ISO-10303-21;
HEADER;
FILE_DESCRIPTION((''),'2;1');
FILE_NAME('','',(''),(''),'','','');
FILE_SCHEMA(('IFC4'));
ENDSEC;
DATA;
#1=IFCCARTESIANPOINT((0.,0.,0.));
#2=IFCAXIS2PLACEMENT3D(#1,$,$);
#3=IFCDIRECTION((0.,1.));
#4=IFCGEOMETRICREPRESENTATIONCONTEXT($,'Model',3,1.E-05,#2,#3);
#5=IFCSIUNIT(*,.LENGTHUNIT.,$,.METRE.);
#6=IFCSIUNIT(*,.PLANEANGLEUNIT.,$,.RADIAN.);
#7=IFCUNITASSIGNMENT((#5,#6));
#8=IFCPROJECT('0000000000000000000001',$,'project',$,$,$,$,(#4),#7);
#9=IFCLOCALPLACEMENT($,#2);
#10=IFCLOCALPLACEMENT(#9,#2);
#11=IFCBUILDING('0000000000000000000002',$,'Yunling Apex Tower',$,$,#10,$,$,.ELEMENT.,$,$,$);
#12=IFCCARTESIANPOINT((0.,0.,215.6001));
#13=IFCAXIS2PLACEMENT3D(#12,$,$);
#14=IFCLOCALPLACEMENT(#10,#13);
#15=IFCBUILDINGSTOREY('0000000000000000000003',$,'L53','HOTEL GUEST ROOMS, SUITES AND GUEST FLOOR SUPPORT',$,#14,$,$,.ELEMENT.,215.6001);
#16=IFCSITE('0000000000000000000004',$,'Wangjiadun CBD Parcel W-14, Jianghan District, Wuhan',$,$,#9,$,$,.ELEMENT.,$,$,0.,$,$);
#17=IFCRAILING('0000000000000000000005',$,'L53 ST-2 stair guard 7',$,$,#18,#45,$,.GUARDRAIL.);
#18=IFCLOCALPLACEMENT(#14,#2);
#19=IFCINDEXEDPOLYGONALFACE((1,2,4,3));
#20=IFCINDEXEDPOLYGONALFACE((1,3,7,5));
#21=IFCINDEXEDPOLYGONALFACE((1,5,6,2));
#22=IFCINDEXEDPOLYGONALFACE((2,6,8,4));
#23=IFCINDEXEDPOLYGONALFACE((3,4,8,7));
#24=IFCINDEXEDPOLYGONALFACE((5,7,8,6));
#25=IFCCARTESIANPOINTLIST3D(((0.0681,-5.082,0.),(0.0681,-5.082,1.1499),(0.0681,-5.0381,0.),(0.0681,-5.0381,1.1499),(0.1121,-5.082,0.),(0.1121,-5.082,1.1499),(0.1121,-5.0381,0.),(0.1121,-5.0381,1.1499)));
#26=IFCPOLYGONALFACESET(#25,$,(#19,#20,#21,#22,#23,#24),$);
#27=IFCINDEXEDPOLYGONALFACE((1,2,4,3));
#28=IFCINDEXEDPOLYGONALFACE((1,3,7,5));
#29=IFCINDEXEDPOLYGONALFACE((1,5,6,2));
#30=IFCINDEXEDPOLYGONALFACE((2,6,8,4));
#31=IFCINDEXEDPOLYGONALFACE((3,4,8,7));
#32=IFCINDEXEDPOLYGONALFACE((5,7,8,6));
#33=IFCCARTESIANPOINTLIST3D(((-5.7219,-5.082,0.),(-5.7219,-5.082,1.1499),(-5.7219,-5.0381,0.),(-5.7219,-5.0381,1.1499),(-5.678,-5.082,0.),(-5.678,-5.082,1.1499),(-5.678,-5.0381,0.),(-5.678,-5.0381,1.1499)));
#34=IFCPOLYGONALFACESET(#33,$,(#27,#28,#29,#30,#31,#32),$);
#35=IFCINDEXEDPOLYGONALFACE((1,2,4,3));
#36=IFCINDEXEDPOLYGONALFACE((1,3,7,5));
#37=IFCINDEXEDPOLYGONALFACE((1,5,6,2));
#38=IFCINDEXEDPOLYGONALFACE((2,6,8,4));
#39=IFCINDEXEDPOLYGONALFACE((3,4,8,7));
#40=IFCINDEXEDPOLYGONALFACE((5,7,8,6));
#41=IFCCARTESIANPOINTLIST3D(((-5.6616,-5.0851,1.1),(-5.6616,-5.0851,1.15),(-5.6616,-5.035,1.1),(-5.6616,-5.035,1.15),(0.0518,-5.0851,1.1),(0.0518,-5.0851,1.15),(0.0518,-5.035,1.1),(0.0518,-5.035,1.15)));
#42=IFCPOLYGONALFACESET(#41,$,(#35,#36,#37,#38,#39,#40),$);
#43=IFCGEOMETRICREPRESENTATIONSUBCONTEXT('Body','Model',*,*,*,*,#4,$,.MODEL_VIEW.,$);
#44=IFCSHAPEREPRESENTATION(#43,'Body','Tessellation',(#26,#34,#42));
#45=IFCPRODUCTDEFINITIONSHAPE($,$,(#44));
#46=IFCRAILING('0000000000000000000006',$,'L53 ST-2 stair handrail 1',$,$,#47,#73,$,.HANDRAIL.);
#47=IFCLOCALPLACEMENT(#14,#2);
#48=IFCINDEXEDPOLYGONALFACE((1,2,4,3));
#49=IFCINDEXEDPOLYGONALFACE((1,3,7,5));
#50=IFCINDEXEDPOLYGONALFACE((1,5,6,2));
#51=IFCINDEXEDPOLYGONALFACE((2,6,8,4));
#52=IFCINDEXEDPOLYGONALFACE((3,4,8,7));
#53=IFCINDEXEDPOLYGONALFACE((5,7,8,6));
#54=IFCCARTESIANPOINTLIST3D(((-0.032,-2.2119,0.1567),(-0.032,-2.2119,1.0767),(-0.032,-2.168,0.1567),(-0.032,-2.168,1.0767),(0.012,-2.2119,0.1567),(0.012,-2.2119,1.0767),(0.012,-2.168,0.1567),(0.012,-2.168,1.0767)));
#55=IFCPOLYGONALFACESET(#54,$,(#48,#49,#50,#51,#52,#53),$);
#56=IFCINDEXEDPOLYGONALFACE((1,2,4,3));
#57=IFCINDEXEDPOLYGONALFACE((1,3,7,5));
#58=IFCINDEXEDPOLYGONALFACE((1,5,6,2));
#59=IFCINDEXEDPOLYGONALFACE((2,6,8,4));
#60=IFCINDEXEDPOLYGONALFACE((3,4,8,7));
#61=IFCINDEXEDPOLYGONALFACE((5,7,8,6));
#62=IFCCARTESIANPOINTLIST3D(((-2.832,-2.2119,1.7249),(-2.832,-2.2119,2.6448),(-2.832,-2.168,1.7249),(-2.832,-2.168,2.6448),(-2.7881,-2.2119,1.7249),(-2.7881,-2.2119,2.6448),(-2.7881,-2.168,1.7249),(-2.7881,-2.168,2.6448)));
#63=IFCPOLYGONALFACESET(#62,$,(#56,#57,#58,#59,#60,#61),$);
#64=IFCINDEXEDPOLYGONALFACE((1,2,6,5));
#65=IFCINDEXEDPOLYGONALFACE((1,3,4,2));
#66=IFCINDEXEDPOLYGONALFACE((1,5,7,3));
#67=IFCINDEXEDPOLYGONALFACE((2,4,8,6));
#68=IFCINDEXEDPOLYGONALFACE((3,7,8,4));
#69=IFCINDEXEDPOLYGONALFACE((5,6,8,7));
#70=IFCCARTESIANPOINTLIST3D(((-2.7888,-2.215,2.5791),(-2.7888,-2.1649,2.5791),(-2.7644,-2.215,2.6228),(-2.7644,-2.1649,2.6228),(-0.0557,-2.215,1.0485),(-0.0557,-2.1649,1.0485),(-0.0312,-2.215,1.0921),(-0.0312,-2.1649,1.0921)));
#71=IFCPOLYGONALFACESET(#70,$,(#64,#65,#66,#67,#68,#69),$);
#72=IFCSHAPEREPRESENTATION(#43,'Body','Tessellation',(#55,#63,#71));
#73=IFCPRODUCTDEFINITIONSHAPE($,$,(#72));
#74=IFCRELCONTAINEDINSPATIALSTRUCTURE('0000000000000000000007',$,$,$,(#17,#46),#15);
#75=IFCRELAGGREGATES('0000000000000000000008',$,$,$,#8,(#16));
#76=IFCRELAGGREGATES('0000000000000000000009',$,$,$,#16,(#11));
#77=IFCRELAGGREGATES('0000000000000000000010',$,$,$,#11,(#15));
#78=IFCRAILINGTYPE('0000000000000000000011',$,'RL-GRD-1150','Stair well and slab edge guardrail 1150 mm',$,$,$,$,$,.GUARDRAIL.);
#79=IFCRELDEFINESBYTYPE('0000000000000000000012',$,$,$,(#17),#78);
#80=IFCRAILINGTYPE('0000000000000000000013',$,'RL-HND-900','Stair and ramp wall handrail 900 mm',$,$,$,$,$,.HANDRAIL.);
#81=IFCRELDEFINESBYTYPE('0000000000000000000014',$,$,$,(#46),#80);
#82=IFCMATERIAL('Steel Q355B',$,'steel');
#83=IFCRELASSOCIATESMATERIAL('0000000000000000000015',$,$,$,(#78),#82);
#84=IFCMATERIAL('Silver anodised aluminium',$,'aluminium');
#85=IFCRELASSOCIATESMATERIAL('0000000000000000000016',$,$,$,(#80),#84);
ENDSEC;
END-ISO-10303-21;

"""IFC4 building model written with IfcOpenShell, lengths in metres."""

from ifc_helpers import new_model, si_unit, direction, frame, origin, origin_2d, place, context, subcontext, project, spatial, rectangle, extrude, material, type_object, element, save


model = new_model("IFC4")

# Units and contexts
model_context = context("Model", 3, precision=1e-05, world=origin(), true_north=direction((0.0, 1.0)))
body_context = subcontext(model_context, "Body", "Model", "MODEL_VIEW")
ifc_project = project(units=[si_unit("LENGTHUNIT", "METRE"), si_unit("PLANEANGLEUNIT", "RADIAN")], contexts=[model_context])

# Site, building, storey
site_placement = place(None, origin())
site = spatial("IfcSite", under=ifc_project, at=site_placement, Name="Wangjiadun CBD Parcel W-14, Jianghan District, Wuhan", CompositionType="ELEMENT", RefElevation=0.0)
building_placement = place(site_placement, origin())
building = spatial("IfcBuilding", under=site, at=building_placement, Name="Yunling Apex Tower", CompositionType="ELEMENT")
storey_placement = place(building_placement, frame((0.0, 0.0, 215.6001)))
storey = spatial("IfcBuildingStorey", under=building, at=storey_placement, Name="L53", Description="HOTEL GUEST ROOMS, SUITES AND GUEST FLOOR SUPPORT", CompositionType="ELEMENT", Elevation=215.6001)

# Shared definitions
ifc_material_1 = material(Name="Steel Q355B", Category="steel")

# Railings
railing_type_1 = type_object("IfcRailingType", Name="RL-GRD-1150", Description="Stair well and slab edge guardrail 1150 mm", PredefinedType="GUARDRAIL", material=ifc_material_1)
railing_1_placement = place(storey_placement, frame((0.0901, -5.0601, 0.0)))
element("IfcRailing", 1, at=railing_1_placement, inside=storey, type_object=railing_type_1, Name="L53 ST-2 stair guard 7", PredefinedType="GUARDRAIL", context=body_context, shape_type="SweptSolid", body=[
    extrude(rectangle(XDim=0.0439, YDim=0.0439, at=origin_2d()), origin(), (0.0, 0.0, 1.0), 1.1499),
    extrude(rectangle(XDim=0.0439, YDim=0.0439, at=origin_2d()), frame((-5.79, 0.0, 0.0)), (0.0, 0.0, 1.0), 1.1499),
    extrude(rectangle(XDim=0.05, YDim=0.05, at=origin_2d()), frame((-0.0383, 0.0, 1.125), z_axis=(-1.0, 0.0, 0.0), x_axis=(0.0, -1.0, 0.0)), (0.0, 0.0, 1.0), 5.7134),
])
ifc_material_2 = material(Name="Silver anodised aluminium", Category="aluminium")
railing_type_2 = type_object("IfcRailingType", Name="RL-HND-900", Description="Stair and ramp wall handrail 900 mm", PredefinedType="HANDRAIL", material=ifc_material_2)
railing_2_placement = place(storey_placement, frame((-0.01, -2.1899, 0.1567)))
element("IfcRailing", 2, at=railing_2_placement, inside=storey, type_object=railing_type_2, Name="L53 ST-2 stair handrail 1", PredefinedType="HANDRAIL", context=body_context, shape_type="SweptSolid", body=[
    extrude(rectangle(XDim=0.0439, YDim=0.0439, at=origin_2d()), origin(), (0.0, 0.0, 1.0), 0.9199),
    extrude(rectangle(XDim=0.0439, YDim=0.0439, at=origin_2d()), frame((-2.8, 0.0, 1.5681)), (0.0, 0.0, 1.0), 0.9199),
    extrude(rectangle(XDim=0.05, YDim=0.05, at=origin_2d()), frame((-0.0334, 0.0, 0.9136), z_axis=(-0.872494, 0.0, 0.488624), x_axis=(0.0, -1.0, 0.0)), (0.0, 0.0, 1.0), 3.1326),
])

save(model, "model.ifc")
